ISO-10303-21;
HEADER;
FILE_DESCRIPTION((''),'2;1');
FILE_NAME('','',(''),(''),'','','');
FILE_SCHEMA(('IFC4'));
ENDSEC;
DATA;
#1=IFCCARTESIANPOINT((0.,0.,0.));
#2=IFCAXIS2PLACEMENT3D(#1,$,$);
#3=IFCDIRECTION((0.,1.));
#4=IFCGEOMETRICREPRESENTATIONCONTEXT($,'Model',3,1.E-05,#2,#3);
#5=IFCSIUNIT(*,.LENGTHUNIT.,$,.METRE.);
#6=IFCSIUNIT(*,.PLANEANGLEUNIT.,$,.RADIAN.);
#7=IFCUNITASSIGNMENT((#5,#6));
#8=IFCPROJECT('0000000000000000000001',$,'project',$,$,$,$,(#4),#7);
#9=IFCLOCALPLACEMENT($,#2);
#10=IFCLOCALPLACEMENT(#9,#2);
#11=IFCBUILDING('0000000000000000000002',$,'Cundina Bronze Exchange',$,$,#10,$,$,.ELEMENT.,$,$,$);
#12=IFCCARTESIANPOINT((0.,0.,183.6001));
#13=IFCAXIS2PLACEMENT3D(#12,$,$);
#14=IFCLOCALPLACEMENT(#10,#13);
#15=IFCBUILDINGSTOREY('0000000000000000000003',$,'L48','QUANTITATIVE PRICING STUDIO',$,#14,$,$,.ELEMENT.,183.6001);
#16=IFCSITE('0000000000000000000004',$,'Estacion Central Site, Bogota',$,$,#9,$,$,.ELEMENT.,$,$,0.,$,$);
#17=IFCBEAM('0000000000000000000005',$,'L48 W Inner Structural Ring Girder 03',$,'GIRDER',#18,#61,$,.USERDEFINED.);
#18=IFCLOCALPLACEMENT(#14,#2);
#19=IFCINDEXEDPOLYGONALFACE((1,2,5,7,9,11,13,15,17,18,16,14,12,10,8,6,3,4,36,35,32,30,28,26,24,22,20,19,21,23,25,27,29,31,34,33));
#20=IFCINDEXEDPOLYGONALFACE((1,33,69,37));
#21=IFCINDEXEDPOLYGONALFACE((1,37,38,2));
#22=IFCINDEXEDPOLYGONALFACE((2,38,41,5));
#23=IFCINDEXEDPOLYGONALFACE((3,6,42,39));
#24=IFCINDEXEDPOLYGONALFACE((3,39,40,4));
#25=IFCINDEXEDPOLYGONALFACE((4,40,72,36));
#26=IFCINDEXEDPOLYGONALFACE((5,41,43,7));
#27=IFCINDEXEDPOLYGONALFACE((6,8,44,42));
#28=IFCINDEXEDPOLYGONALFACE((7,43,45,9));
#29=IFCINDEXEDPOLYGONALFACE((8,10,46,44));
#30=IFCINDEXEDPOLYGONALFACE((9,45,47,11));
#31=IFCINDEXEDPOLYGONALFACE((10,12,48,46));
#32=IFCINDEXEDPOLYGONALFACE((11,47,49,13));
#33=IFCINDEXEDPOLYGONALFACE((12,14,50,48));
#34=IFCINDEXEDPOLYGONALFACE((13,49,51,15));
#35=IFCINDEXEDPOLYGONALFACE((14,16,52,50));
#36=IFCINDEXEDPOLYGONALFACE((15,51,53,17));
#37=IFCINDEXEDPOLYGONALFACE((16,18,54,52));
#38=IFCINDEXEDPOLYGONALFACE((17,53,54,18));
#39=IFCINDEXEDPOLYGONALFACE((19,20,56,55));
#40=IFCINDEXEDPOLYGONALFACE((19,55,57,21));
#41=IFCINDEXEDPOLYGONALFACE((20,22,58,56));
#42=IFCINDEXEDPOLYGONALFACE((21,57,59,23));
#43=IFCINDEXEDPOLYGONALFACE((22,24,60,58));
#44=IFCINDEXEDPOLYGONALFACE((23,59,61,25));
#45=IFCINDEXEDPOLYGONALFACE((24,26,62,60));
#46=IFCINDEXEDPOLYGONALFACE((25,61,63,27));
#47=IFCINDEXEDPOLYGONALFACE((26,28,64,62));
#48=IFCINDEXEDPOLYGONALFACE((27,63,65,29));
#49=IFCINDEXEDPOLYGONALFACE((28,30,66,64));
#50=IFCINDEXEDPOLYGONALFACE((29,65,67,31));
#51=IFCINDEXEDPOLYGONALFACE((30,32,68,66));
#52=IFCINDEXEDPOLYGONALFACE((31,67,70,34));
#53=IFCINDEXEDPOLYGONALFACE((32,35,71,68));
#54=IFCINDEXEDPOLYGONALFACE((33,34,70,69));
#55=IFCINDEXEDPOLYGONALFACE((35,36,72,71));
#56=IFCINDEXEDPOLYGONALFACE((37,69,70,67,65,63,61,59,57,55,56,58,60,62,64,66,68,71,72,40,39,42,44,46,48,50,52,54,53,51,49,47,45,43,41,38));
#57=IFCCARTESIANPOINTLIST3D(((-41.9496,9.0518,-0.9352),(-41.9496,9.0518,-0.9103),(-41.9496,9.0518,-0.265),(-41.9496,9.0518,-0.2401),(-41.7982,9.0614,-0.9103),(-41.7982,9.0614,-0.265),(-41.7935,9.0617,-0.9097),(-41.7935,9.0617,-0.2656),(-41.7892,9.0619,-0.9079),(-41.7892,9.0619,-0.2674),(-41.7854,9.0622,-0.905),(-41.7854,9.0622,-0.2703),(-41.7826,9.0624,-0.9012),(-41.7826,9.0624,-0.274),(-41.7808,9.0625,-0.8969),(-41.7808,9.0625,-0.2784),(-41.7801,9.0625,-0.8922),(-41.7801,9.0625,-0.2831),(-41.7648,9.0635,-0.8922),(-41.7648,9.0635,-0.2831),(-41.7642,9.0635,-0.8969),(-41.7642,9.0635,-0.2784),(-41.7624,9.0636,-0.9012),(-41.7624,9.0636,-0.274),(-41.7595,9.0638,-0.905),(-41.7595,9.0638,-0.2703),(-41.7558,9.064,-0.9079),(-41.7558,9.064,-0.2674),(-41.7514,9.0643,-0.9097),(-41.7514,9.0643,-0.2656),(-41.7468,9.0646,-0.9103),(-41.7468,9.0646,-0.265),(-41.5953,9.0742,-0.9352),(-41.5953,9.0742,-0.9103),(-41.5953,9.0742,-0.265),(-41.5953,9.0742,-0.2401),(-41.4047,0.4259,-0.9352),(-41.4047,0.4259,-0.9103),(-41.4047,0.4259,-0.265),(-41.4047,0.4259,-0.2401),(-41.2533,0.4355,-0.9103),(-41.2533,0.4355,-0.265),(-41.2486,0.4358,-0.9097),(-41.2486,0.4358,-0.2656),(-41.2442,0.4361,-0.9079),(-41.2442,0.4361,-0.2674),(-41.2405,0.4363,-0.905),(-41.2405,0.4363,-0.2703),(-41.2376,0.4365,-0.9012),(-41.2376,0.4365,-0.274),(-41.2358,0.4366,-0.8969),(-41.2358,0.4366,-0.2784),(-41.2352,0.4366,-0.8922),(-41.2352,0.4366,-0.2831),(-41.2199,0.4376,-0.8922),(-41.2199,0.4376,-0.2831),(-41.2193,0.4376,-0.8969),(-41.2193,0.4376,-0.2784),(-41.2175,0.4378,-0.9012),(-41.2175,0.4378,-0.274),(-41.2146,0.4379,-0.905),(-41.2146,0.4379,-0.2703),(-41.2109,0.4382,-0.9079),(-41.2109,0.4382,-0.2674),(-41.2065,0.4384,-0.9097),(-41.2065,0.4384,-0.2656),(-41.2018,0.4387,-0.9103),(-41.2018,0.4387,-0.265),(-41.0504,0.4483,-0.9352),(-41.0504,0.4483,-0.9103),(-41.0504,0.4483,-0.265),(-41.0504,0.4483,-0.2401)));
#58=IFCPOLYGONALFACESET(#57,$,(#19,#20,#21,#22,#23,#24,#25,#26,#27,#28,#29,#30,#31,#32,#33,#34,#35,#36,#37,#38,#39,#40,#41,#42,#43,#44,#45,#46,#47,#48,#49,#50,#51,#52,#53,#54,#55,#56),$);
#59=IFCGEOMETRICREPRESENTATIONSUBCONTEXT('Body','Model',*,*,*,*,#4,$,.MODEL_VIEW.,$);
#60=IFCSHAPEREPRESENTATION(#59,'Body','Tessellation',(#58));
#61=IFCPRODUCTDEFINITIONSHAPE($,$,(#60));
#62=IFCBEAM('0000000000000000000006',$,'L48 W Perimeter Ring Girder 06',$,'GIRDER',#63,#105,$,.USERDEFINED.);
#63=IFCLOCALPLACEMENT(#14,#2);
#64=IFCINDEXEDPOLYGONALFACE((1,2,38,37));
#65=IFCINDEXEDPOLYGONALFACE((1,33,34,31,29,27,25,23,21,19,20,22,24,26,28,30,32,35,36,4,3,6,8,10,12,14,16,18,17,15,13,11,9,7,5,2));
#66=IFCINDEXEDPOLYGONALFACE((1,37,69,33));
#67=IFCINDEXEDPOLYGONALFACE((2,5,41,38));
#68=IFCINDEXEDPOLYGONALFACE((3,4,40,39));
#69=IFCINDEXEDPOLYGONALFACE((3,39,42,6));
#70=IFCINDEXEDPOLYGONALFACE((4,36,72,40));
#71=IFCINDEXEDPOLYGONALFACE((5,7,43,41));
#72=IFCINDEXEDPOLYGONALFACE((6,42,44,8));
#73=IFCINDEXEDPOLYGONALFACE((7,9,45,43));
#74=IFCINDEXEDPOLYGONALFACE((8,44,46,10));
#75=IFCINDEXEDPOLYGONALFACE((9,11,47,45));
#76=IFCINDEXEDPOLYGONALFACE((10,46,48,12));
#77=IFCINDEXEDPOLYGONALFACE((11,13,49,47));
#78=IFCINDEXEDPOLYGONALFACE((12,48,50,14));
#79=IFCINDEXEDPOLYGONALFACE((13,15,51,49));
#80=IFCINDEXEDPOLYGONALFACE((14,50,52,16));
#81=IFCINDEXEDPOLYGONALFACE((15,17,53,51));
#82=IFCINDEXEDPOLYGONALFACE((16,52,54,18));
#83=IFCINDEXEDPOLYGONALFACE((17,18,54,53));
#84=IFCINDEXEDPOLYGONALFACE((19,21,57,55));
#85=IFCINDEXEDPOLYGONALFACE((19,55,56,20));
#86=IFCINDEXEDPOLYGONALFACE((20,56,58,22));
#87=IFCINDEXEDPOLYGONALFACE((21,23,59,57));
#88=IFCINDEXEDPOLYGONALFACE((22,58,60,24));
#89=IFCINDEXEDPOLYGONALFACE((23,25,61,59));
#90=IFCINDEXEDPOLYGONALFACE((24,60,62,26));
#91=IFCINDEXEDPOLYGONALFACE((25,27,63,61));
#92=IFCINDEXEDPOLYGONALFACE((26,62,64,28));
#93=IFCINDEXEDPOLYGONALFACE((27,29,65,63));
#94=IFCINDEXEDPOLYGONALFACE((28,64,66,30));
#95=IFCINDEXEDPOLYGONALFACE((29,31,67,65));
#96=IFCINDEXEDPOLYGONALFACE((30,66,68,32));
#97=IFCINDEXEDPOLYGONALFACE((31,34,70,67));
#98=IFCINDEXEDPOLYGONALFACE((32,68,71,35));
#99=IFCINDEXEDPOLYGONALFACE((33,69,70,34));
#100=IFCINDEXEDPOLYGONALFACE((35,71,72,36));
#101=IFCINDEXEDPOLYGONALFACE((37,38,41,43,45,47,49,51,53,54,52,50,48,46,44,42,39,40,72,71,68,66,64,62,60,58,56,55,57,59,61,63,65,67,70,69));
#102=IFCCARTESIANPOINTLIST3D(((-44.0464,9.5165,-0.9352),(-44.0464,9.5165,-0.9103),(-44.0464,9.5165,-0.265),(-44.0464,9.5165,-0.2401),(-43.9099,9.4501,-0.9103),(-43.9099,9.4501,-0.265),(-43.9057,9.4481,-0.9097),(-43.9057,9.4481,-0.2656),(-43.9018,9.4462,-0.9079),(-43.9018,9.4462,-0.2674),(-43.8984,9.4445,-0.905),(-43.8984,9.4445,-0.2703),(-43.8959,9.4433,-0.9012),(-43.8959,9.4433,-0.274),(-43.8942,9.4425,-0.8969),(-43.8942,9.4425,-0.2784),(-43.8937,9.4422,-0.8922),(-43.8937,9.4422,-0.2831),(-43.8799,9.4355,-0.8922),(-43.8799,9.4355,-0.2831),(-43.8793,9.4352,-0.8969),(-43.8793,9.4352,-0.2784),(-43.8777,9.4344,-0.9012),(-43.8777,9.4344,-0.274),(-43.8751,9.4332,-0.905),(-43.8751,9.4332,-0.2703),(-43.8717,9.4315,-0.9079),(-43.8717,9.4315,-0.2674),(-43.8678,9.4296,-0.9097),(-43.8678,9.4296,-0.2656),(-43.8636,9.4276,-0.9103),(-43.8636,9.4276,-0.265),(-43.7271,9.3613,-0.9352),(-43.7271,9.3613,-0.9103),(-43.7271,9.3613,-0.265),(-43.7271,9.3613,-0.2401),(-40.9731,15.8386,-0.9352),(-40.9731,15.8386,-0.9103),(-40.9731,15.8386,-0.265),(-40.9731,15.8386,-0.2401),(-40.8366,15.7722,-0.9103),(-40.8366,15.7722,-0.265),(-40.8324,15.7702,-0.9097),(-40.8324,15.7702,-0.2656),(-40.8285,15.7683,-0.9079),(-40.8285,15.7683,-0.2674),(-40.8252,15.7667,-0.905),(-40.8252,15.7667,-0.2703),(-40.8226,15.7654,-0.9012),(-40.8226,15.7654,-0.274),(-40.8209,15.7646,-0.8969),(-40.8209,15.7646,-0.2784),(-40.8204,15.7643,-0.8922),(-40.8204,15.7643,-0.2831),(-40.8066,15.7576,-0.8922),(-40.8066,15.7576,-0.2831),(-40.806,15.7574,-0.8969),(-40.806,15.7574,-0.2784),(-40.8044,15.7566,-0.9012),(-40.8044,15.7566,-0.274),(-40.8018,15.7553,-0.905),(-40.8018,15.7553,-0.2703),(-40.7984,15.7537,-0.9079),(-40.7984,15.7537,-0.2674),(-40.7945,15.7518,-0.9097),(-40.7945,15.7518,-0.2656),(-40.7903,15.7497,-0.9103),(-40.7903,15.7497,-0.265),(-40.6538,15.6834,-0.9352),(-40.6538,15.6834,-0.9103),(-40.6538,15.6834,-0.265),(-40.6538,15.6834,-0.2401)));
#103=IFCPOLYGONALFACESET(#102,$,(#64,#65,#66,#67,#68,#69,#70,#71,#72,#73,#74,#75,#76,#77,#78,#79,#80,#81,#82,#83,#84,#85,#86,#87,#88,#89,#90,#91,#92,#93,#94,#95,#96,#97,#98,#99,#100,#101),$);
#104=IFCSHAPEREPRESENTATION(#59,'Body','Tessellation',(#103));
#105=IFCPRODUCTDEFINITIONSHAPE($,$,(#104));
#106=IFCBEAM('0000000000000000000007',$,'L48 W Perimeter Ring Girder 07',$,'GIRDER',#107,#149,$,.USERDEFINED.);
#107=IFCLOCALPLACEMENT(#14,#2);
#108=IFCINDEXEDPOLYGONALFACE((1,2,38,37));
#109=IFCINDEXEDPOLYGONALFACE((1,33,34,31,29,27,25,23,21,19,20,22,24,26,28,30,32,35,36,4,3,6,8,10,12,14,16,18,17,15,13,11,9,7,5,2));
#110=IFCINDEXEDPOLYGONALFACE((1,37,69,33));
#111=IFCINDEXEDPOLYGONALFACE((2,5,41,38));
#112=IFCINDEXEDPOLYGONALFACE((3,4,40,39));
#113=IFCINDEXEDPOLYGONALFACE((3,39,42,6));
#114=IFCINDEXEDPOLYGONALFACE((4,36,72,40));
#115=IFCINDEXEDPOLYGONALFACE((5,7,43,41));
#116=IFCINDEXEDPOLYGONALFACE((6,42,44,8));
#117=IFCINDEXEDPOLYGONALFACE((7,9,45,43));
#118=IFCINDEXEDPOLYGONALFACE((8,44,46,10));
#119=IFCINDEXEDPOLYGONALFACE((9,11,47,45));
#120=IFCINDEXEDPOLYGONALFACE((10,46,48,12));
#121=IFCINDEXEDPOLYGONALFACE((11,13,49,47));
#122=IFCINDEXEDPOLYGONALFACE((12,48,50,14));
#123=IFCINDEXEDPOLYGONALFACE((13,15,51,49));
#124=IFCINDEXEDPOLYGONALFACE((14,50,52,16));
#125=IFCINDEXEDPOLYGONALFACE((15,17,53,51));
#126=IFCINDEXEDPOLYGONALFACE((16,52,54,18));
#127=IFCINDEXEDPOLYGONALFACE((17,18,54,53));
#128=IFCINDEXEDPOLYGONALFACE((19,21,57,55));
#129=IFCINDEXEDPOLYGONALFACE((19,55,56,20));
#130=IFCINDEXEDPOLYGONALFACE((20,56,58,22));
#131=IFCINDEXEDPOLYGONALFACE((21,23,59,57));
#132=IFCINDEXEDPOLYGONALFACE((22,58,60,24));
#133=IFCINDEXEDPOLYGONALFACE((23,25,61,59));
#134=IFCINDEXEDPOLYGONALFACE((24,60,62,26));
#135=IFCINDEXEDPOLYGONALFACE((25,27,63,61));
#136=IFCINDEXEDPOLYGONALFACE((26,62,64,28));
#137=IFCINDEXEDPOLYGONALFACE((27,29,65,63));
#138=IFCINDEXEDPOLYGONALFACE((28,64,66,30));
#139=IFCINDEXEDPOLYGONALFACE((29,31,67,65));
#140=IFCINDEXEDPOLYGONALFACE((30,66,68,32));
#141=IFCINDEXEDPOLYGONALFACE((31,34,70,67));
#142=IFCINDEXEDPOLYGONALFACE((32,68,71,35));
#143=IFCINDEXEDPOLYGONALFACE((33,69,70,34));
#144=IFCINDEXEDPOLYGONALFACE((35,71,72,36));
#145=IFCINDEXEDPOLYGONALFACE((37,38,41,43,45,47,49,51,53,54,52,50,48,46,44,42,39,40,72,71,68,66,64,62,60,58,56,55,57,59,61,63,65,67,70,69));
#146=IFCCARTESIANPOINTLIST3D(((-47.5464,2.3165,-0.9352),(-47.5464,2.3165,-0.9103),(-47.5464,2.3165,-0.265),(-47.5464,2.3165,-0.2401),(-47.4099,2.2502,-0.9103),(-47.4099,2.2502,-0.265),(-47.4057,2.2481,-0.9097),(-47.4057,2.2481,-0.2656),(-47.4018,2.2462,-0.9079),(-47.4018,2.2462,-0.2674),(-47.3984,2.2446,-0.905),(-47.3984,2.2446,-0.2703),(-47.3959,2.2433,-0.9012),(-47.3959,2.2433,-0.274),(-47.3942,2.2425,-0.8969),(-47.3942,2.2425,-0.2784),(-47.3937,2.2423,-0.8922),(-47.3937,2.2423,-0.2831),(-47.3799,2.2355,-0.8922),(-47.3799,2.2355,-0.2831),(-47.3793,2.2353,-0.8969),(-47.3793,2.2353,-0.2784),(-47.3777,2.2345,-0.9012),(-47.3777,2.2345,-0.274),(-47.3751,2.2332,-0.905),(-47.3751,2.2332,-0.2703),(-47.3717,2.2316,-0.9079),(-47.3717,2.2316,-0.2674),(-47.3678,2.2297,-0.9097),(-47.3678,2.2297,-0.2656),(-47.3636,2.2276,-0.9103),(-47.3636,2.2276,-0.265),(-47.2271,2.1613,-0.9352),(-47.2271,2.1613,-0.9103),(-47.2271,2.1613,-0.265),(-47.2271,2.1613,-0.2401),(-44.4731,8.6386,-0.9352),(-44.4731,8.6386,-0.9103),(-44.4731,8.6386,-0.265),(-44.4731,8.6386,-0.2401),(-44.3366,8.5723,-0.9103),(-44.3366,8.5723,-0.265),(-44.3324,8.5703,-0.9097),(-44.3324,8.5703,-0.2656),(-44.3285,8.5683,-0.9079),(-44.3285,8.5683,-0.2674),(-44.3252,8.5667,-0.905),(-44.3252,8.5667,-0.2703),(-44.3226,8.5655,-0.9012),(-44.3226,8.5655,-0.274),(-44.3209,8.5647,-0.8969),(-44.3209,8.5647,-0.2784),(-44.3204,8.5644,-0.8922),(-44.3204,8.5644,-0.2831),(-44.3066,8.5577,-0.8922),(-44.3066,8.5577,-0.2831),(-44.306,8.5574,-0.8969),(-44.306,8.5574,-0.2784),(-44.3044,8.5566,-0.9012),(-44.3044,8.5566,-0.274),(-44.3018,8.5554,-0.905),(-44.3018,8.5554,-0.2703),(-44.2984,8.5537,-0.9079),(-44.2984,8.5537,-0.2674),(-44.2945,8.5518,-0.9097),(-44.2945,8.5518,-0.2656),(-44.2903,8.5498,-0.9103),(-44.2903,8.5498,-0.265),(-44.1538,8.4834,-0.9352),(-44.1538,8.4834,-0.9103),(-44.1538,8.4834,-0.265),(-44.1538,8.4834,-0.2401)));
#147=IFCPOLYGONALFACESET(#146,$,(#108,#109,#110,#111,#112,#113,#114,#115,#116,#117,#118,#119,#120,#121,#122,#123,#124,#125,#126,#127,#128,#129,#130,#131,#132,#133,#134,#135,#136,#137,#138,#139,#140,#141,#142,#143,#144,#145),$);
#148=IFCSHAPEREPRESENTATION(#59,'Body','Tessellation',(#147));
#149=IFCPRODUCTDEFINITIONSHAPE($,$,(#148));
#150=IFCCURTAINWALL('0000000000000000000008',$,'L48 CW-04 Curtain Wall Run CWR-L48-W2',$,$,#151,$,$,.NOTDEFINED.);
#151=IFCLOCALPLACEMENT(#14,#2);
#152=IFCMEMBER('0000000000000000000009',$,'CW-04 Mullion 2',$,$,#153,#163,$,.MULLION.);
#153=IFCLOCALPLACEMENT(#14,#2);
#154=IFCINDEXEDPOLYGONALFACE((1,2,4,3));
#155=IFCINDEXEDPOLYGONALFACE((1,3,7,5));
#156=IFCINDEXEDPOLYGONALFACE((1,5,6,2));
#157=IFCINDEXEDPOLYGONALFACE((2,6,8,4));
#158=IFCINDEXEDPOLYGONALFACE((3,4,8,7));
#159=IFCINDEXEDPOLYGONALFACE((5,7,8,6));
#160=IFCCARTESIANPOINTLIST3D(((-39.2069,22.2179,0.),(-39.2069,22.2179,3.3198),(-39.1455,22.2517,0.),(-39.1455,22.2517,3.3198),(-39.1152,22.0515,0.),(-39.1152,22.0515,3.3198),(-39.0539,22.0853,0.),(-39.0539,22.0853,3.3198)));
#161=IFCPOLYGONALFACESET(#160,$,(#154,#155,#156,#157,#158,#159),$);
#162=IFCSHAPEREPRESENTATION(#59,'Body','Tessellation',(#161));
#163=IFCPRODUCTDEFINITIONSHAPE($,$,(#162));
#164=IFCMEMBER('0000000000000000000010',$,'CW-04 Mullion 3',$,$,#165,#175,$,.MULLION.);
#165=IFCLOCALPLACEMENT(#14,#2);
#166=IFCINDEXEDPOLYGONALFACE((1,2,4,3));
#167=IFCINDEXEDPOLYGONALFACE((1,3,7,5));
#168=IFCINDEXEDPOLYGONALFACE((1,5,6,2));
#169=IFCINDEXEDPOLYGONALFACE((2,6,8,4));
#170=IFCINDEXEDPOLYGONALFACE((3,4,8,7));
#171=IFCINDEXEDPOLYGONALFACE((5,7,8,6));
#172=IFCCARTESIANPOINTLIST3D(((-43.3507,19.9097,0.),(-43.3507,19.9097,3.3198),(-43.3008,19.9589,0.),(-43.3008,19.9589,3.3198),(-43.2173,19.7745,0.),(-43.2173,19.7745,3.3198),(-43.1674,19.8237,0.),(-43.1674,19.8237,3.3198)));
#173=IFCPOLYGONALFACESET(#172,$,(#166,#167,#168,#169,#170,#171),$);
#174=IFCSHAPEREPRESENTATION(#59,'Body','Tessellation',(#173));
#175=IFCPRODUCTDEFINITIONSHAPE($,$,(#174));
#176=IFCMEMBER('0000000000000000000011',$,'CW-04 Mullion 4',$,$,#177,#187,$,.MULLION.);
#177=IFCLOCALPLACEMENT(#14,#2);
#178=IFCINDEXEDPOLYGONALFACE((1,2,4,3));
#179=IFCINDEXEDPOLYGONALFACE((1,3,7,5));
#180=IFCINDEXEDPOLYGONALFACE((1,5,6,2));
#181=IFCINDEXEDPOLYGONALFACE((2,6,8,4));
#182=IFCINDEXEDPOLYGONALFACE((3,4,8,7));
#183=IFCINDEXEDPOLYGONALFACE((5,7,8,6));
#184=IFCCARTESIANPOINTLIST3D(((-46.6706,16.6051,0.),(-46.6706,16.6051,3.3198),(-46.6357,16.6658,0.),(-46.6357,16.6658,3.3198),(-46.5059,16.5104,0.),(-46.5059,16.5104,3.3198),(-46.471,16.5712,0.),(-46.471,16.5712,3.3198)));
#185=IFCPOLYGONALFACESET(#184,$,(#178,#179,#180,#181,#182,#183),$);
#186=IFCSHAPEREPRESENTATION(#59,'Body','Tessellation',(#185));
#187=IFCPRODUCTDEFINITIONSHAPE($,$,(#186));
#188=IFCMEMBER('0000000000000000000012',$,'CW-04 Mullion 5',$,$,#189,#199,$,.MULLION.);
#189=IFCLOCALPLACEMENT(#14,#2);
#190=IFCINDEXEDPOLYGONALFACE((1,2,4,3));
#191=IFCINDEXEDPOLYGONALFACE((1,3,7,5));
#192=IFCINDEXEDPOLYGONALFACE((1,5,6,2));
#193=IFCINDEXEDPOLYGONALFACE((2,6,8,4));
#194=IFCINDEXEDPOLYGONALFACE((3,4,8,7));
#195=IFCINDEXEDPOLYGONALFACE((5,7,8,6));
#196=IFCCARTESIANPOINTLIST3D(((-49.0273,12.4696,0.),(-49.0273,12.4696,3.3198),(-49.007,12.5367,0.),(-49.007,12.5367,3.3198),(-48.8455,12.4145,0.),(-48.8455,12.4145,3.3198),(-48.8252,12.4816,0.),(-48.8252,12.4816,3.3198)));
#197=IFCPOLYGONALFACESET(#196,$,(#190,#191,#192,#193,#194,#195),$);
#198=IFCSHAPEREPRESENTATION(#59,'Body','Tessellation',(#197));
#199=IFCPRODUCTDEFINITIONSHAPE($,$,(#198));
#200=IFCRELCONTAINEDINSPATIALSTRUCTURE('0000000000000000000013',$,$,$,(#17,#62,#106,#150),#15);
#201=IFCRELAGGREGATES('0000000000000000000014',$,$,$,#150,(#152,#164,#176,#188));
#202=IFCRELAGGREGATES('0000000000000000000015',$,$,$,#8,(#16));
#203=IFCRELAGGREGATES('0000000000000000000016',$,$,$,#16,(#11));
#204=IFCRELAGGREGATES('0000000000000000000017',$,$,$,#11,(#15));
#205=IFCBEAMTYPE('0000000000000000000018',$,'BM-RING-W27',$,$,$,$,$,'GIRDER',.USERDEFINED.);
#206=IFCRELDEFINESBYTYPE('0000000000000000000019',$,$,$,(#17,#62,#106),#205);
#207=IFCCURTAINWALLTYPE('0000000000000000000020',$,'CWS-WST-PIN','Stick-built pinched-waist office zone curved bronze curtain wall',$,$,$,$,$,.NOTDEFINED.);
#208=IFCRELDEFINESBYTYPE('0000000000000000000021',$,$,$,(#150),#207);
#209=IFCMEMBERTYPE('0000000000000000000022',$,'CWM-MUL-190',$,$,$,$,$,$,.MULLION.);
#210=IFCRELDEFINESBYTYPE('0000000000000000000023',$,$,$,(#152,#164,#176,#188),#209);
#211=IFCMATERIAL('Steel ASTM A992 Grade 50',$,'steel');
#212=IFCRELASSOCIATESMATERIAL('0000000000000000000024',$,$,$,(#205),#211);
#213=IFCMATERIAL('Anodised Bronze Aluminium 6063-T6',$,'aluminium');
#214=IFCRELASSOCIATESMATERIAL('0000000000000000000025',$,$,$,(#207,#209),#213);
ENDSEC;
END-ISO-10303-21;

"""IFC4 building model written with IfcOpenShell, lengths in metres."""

from ifc_helpers import new_model, si_unit, direction, frame, origin, origin_2d, place, context, subcontext, project, spatial, rectangle, i_section, extrude, material, material_profile, profile_set, type_object, element, aggregate, save


model = new_model("IFC4")

# Units and contexts
model_context = context("Model", 3, precision=1e-05, world=origin(), true_north=direction((0.0, 1.0)))
body_context = subcontext(model_context, "Body", "Model", "MODEL_VIEW")
ifc_project = project(units=[si_unit("LENGTHUNIT", "METRE"), si_unit("PLANEANGLEUNIT", "RADIAN")], contexts=[model_context])

# Site, building, storey
site_placement = place(None, origin())
site = spatial("IfcSite", under=ifc_project, at=site_placement, Name="Estacion Central Site, Bogota", CompositionType="ELEMENT", RefElevation=0.0)
building_placement = place(site_placement, origin())
building = spatial("IfcBuilding", under=site, at=building_placement, Name="Cundina Bronze Exchange", CompositionType="ELEMENT")
storey_placement = place(building_placement, frame((0.0, 0.0, 183.6001)))
storey = spatial("IfcBuildingStorey", under=building, at=storey_placement, Name="L48", Description="QUANTITATIVE PRICING STUDIO", CompositionType="ELEMENT", Elevation=183.6001)

# Beams
ifc_material_1 = material(Name="Steel ASTM A992 Grade 50", Category="steel")
ifc_material_profile_1 = material_profile(ifc_material_1, i_section(OverallWidth=0.355, OverallDepth=0.6951, WebThickness=0.0154, FlangeThickness=0.0249, FilletRadius=0.0181, at=origin_2d()), Name="W27X146", Category="steel")
ifc_profile_set_1 = profile_set([ifc_material_profile_1], Name="Steel ASTM A992 Grade 50")
beam_type_1 = type_object("IfcBeamType", Name="BM-RING-W27", ElementType="GIRDER", PredefinedType="USERDEFINED", material=ifc_profile_set_1)
beam_1_placement = place(storey_placement, frame((-41.7725, 9.063, -0.5876), z_axis=(0.063047, -0.998011, 0.0), x_axis=(0.998011, 0.063047, 0.0)))
element("IfcBeam", 1, at=beam_1_placement, inside=storey, type_object=beam_type_1, Name="L48 W Inner Structural Ring Girder 03", ObjectType="GIRDER", PredefinedType="USERDEFINED", context=body_context, shape_type="SweptSolid", body=[
    extrude(i_section(OverallWidth=0.355, OverallDepth=0.6951, WebThickness=0.0154, FlangeThickness=0.0249, FilletRadius=0.0181, at=origin_2d()), origin(), (0.0, 0.0, 1.0), 8.6431),
])
for number, where, z_axis, x_axis, name in (
    (2, (-40.8135, 15.761, -0.5876), (-0.437197, -0.899366, 0.0), (0.899366, -0.437197, 0.0), "L48 W Perimeter Ring Girder 06"),
    (3, (-44.3135, 8.561, -0.5876), (-0.437197, -0.899366, 0.0), (0.899366, -0.437197, 0.0), "L48 W Perimeter Ring Girder 07"),
):
    element("IfcBeam", number, at=place(storey_placement, frame(where, z_axis=z_axis, x_axis=x_axis)), inside=storey, type_object=beam_type_1, Name=name, ObjectType="GIRDER", PredefinedType="USERDEFINED", context=body_context, shape_type="SweptSolid", body=[
        extrude(i_section(OverallWidth=0.355, OverallDepth=0.6951, WebThickness=0.0154, FlangeThickness=0.0249, FilletRadius=0.0181, at=origin_2d()), origin(), (0.0, 0.0, 1.0), 7.0295),
    ])

# Curtain wall, members
ifc_material_2 = material(Name="Anodised Bronze Aluminium 6063-T6", Category="aluminium")
curtain_wall_type = type_object("IfcCurtainWallType", Name="CWS-WST-PIN", Description="Stick-built pinched-waist office zone curved bronze curtain wall", PredefinedType="NOTDEFINED", material=ifc_material_2)
curtain_wall_placement = place(storey_placement, origin())
curtain_wall = element("IfcCurtainWall", 4, at=curtain_wall_placement, inside=storey, type_object=curtain_wall_type, Name="L48 CW-04 Curtain Wall Run CWR-L48-W2", PredefinedType="NOTDEFINED")
ifc_material_profile_2 = material_profile(ifc_material_2, rectangle(XDim=0.0701, YDim=0.1899, at=origin_2d()), Name="AL70X190", Category="aluminium")
ifc_profile_set_2 = profile_set([ifc_material_profile_2], Name="Anodised Bronze Aluminium 6063-T6")
member_type_1 = type_object("IfcMemberType", Name="CWM-MUL-190", PredefinedType="MULLION", material=ifc_profile_set_2)
member_1_placement = place(storey_placement, frame((-39.1304, 22.1516, 0.0), z_axis=(0.0, 0.0, 1.0), x_axis=(-0.875886, -0.482518, 0.0)))
member_1 = element("IfcMember", 5, at=member_1_placement, type_object=member_type_1, Name="CW-04 Mullion 2", PredefinedType="MULLION", context=body_context, shape_type="SweptSolid", body=[
    extrude(rectangle(XDim=0.0701, YDim=0.1899, at=origin_2d()), origin(), (0.0, 0.0, 1.0), 3.3198),
])
member_2_placement = place(storey_placement, frame((-43.259, 19.8667, 0.0), z_axis=(0.0, 0.0, 1.0), x_axis=(-0.712026, -0.702153, 0.0)))
member_2 = element("IfcMember", 6, at=member_2_placement, type_object=member_type_1, Name="CW-04 Mullion 3", PredefinedType="MULLION", context=body_context, shape_type="SweptSolid", body=[
    extrude(rectangle(XDim=0.0701, YDim=0.1899, at=origin_2d()), origin(), (0.0, 0.0, 1.0), 3.3198),
])
member_3_placement = place(storey_placement, frame((-46.5708, 16.5881, 0.0), z_axis=(0.0, 0.0, 1.0), x_axis=(-0.498488, -0.866897, 0.0)))
member_3 = element("IfcMember", 7, at=member_3_placement, type_object=member_type_1, Name="CW-04 Mullion 4", PredefinedType="MULLION", context=body_context, shape_type="SweptSolid", body=[
    extrude(rectangle(XDim=0.0701, YDim=0.1899, at=origin_2d()), origin(), (0.0, 0.0, 1.0), 3.3198),
])
member_4_placement = place(storey_placement, frame((-48.9263, 12.4756, 0.0), z_axis=(0.0, 0.0, 1.0), x_axis=(-0.290034, -0.957016, 0.0)))
member_4 = element("IfcMember", 8, at=member_4_placement, type_object=member_type_1, Name="CW-04 Mullion 5", PredefinedType="MULLION", context=body_context, shape_type="SweptSolid", body=[
    extrude(rectangle(XDim=0.0701, YDim=0.1899, at=origin_2d()), origin(), (0.0, 0.0, 1.0), 3.3198),
])
aggregate(curtain_wall, [member_1, member_2, member_3, member_4])

save(model, "model.ifc")
